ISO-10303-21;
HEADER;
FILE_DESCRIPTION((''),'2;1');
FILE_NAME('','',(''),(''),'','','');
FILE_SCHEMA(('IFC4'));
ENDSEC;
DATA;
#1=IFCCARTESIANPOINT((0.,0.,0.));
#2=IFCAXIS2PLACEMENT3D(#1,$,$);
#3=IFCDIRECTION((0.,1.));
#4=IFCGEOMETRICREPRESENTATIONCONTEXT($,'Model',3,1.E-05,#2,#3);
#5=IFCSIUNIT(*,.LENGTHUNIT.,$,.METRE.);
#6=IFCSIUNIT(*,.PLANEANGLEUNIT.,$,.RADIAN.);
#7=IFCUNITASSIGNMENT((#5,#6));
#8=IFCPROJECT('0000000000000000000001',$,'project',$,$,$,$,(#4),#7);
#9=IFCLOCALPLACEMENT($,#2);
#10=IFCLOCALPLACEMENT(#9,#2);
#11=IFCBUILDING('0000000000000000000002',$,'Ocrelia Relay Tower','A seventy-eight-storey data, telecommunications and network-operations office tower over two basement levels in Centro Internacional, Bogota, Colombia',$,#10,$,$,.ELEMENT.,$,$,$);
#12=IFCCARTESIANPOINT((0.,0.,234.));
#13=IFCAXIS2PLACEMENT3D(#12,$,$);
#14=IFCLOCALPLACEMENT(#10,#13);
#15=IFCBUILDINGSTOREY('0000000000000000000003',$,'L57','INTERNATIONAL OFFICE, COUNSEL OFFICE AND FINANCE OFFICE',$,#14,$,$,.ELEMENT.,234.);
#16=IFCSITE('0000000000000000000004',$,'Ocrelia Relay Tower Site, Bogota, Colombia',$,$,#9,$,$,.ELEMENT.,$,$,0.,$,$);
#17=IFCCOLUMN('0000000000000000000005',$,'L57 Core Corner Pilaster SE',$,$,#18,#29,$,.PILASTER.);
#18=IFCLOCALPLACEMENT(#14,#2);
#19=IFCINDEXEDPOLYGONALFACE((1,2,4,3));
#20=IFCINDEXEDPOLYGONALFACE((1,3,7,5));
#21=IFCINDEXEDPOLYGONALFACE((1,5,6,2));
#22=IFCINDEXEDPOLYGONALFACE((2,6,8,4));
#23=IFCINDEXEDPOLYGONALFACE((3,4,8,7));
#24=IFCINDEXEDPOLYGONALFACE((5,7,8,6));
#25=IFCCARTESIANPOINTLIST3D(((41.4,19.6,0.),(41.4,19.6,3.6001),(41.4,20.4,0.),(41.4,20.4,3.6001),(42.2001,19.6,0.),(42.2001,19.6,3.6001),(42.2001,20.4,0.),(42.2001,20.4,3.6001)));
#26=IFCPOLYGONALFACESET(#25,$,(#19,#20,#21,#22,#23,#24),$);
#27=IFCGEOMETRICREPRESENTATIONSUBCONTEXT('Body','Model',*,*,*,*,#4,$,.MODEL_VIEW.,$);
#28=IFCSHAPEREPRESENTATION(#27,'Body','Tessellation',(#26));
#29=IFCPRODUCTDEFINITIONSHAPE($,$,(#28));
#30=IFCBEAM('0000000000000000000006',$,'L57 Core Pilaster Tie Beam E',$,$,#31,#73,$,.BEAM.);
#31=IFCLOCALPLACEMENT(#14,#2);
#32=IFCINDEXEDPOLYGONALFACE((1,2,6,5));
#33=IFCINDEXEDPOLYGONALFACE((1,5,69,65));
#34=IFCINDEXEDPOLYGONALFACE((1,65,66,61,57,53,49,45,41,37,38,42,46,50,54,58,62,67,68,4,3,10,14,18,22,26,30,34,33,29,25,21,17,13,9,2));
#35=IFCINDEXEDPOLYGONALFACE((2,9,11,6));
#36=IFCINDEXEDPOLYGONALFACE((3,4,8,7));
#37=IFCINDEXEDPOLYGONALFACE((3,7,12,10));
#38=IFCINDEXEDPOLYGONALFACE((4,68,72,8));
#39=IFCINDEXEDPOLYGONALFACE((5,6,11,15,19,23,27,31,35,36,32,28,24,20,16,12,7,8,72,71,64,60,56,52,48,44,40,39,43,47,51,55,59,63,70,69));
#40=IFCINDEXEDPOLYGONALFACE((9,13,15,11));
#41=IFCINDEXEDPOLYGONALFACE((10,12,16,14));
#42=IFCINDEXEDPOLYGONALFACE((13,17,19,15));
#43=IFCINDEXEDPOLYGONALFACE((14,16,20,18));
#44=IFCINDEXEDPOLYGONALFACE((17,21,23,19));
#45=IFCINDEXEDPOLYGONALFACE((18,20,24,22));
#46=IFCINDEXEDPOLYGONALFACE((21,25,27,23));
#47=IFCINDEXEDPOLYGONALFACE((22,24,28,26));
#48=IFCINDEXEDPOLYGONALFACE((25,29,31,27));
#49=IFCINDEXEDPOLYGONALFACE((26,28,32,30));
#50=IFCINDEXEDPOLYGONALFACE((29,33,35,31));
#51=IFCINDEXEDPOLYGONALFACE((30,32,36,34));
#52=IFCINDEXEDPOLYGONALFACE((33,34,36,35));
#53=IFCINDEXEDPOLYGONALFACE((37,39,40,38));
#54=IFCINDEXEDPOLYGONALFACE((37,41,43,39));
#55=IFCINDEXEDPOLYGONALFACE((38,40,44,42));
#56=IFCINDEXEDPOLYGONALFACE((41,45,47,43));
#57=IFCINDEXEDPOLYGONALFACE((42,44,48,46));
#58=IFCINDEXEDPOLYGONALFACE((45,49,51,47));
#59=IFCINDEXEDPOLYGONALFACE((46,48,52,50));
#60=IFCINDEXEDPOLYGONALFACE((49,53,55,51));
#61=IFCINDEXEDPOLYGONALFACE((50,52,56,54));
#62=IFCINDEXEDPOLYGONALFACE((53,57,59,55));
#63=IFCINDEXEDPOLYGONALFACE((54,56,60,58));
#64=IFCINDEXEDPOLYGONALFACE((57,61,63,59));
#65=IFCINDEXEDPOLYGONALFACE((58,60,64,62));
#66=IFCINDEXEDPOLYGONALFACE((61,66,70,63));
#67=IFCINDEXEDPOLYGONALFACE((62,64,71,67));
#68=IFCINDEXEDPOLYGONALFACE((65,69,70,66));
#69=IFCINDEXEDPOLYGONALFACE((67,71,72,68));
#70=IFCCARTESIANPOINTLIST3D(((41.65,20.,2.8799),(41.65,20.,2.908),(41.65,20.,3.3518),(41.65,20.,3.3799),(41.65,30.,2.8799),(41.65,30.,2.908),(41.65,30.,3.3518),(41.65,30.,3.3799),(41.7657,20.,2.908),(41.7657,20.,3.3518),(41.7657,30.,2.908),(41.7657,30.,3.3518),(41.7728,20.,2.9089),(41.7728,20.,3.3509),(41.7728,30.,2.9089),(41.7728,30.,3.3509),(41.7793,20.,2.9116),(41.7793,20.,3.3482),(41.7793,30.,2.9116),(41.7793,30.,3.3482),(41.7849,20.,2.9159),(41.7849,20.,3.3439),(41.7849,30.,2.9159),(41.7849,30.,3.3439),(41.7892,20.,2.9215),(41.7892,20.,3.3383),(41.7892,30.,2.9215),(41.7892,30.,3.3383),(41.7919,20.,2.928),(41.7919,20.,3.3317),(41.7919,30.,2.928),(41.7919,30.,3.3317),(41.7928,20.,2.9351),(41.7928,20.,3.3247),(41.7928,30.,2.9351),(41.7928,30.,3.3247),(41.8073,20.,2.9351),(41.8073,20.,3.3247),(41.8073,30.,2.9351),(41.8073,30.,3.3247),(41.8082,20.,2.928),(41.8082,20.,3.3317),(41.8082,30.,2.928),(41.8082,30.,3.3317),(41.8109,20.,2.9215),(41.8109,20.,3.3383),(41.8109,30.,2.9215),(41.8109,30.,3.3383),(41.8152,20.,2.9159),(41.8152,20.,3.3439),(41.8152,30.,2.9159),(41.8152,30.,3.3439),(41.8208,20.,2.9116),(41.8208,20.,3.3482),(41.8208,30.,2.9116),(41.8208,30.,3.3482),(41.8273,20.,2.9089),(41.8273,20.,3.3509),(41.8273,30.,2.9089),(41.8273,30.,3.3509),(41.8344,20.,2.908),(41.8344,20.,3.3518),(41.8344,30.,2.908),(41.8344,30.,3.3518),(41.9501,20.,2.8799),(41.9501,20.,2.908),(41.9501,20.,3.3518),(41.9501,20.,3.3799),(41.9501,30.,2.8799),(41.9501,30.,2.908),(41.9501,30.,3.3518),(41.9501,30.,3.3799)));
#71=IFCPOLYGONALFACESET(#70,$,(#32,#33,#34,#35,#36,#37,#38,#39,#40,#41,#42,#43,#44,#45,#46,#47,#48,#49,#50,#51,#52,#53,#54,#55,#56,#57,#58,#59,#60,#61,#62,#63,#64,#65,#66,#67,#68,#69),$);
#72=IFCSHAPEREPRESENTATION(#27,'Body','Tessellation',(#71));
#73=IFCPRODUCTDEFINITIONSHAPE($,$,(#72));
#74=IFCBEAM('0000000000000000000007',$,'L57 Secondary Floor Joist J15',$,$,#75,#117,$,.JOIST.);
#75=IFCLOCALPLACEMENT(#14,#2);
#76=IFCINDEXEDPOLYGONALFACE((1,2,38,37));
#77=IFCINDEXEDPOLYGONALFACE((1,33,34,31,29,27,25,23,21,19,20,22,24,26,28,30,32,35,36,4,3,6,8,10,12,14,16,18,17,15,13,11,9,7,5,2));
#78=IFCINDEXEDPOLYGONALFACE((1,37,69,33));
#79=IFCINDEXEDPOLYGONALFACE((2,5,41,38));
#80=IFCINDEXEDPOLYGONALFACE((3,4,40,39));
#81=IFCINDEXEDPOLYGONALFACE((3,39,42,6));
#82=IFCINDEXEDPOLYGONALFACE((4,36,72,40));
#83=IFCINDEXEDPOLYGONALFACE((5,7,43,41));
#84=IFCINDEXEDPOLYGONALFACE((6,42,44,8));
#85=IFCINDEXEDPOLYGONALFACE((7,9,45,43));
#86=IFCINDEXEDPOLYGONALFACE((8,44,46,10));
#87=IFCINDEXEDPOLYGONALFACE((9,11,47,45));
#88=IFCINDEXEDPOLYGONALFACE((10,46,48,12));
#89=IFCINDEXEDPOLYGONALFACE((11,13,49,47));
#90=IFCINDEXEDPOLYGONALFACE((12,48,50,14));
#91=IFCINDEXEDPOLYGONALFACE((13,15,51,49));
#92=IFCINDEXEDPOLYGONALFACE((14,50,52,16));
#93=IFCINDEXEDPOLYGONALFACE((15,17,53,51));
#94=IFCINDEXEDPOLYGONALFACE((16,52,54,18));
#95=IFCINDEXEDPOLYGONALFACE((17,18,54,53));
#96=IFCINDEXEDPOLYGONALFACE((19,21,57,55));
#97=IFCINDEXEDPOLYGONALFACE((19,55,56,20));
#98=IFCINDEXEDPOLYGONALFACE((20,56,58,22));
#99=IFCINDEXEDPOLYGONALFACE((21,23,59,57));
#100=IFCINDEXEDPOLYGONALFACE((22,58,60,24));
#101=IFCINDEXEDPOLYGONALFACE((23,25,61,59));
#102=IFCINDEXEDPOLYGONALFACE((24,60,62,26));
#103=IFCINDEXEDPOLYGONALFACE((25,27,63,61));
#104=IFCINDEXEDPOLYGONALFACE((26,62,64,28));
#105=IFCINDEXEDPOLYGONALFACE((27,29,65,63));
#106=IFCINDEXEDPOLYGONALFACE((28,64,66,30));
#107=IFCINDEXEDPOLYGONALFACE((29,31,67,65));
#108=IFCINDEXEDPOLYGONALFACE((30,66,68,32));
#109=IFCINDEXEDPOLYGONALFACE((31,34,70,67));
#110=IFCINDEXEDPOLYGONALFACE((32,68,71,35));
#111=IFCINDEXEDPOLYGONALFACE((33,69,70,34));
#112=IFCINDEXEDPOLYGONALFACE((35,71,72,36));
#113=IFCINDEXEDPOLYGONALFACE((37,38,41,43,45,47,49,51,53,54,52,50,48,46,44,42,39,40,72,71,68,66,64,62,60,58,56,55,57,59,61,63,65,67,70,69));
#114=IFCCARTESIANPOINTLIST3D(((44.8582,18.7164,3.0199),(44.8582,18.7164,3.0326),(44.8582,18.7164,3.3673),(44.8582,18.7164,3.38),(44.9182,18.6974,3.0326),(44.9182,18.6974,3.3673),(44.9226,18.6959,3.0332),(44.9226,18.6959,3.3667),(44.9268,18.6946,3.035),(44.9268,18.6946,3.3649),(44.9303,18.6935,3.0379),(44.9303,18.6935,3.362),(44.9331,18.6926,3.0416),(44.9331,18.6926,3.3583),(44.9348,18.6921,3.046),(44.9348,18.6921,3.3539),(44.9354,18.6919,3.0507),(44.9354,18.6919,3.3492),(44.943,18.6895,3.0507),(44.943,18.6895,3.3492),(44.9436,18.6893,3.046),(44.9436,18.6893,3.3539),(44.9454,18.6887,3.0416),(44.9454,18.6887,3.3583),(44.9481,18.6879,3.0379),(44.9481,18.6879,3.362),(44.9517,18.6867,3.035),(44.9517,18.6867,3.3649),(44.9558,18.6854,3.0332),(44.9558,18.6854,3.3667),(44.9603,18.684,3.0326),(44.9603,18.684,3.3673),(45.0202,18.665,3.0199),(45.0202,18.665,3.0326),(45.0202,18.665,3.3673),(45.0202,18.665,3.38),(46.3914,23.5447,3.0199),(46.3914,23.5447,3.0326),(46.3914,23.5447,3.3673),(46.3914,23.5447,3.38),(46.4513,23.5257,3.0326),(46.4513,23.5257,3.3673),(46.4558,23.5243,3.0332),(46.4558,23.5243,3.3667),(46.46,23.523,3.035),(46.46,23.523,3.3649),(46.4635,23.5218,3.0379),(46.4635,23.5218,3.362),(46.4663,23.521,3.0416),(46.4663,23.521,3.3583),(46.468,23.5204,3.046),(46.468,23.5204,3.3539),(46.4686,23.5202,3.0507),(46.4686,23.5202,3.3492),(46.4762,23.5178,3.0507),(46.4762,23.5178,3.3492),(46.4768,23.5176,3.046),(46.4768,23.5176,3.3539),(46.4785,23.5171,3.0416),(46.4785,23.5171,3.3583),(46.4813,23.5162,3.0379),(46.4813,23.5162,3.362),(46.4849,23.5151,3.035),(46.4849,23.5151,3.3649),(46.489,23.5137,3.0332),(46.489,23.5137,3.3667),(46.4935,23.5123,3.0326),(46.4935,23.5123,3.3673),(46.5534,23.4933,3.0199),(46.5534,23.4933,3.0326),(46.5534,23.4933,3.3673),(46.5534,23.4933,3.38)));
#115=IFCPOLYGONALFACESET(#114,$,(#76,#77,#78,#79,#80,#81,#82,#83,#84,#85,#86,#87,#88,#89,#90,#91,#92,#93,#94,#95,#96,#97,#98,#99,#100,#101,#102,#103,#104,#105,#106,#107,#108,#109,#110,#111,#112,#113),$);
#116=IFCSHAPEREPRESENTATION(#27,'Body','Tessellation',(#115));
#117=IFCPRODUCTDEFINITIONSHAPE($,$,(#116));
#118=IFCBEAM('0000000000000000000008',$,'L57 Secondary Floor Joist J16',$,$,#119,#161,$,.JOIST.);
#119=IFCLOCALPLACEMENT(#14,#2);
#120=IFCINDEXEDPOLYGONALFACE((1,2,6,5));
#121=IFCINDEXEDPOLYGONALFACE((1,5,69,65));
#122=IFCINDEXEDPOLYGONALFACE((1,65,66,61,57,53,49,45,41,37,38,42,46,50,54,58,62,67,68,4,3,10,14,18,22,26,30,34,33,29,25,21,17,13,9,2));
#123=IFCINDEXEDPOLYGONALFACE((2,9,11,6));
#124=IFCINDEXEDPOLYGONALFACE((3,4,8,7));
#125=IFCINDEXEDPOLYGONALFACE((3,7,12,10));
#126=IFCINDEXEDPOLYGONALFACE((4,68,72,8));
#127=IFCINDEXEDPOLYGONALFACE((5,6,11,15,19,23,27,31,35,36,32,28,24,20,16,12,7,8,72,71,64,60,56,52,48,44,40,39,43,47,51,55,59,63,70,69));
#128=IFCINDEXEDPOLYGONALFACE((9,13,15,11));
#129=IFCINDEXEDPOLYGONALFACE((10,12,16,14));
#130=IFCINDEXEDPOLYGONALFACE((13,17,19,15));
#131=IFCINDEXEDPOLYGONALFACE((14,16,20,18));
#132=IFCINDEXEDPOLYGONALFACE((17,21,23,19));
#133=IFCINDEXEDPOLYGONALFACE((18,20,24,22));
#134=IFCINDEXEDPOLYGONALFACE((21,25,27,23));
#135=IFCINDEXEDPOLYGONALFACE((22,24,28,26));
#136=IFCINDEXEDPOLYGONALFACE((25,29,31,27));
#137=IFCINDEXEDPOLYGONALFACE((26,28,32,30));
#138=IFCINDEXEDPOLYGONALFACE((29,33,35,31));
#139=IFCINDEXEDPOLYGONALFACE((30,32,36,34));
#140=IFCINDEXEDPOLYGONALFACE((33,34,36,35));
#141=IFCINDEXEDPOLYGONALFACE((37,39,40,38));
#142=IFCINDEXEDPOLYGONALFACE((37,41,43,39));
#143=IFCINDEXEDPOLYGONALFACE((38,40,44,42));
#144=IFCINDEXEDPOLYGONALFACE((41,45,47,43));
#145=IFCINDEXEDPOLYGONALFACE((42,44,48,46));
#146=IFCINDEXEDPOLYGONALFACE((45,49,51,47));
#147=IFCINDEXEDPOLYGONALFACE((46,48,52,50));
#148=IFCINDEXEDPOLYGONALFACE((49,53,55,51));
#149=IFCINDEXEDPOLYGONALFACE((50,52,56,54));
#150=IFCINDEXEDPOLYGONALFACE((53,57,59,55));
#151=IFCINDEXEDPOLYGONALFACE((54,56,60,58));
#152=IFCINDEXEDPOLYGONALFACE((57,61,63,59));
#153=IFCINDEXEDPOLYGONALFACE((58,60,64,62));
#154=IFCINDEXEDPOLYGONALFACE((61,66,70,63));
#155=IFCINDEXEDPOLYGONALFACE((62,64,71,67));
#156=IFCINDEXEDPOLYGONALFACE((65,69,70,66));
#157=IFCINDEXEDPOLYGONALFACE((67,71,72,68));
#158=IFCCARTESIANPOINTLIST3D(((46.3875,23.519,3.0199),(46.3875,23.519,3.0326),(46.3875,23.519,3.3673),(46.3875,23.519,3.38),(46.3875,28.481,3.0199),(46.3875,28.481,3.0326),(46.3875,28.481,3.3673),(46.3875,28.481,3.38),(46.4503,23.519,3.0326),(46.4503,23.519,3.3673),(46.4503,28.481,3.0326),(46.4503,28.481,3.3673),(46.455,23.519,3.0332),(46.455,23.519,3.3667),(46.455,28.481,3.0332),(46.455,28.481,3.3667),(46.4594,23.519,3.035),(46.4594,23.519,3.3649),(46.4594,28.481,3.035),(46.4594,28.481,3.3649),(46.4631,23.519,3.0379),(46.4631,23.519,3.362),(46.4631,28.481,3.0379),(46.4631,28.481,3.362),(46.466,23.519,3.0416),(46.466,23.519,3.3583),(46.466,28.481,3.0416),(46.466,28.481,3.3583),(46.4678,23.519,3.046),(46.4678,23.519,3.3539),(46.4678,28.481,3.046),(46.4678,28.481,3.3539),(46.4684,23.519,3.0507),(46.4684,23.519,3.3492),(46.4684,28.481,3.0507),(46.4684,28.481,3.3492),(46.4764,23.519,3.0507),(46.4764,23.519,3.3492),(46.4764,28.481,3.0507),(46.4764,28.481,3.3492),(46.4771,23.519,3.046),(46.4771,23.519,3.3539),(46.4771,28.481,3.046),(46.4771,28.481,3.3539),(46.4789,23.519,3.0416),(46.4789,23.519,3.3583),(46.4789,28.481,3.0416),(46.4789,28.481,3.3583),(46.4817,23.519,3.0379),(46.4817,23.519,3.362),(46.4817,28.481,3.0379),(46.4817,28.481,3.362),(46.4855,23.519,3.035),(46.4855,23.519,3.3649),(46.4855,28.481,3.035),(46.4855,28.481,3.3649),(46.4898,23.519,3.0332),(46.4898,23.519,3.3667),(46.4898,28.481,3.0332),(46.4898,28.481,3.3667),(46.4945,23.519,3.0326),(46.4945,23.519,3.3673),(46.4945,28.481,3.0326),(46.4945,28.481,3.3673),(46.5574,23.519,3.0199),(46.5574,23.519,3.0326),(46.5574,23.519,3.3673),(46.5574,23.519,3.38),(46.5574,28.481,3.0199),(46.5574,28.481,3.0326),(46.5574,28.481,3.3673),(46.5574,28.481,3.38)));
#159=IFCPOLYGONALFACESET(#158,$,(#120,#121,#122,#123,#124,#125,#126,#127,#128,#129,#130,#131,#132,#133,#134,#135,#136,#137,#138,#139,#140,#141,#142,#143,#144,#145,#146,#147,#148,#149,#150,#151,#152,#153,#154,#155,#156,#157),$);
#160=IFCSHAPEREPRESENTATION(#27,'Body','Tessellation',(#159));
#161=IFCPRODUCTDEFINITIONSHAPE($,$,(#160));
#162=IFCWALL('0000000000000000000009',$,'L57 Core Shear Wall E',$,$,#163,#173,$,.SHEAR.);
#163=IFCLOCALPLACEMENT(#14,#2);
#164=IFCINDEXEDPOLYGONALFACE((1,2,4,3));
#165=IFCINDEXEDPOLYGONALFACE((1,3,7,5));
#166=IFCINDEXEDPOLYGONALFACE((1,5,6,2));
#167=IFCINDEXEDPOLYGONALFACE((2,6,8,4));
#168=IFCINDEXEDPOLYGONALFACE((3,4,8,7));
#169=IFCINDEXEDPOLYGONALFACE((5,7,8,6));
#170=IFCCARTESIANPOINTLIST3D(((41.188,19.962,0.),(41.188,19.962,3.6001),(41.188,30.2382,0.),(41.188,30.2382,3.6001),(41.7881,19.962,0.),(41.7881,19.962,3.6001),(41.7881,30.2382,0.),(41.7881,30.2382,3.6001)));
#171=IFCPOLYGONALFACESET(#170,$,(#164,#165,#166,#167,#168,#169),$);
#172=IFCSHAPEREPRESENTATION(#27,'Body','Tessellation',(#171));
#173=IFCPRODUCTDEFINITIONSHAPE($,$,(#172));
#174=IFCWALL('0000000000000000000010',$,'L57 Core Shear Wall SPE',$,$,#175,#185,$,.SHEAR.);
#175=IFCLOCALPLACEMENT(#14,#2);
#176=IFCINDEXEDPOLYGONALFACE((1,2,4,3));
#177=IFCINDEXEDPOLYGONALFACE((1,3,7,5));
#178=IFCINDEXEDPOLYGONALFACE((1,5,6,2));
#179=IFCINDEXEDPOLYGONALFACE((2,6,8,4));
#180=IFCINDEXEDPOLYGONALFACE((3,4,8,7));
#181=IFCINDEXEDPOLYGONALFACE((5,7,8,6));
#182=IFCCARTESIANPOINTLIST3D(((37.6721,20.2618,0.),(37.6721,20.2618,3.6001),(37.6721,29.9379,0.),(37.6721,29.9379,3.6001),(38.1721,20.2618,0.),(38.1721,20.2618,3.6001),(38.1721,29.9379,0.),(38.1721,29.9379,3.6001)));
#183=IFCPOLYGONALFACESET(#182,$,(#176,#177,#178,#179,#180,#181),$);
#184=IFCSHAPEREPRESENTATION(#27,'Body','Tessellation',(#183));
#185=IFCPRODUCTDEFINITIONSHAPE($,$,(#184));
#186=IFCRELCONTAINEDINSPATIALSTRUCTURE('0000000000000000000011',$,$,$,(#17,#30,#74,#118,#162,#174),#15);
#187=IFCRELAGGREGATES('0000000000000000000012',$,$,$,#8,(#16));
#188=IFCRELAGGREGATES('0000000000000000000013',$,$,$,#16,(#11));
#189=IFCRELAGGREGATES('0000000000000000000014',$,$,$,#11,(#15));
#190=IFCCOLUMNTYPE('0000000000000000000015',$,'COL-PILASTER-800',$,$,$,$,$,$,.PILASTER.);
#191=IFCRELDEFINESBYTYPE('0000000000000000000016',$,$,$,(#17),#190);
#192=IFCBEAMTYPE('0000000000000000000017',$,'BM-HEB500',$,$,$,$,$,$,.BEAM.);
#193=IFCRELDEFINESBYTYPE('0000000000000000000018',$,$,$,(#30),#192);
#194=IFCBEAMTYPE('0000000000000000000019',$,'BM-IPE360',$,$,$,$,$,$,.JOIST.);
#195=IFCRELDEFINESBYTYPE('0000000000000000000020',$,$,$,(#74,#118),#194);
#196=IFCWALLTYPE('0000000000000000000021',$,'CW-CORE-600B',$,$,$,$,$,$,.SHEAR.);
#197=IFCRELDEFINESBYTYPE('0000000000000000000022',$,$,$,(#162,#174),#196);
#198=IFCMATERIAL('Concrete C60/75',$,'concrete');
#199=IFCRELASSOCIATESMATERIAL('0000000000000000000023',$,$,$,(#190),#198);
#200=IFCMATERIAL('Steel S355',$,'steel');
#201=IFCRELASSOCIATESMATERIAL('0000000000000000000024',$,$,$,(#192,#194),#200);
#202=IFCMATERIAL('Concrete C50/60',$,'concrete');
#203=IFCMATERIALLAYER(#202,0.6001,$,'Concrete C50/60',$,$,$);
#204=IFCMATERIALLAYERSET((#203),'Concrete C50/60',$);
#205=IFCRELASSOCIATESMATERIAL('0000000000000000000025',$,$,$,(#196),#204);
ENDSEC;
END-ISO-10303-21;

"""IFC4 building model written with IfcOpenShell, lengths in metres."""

from ifc_helpers import new_model, si_unit, direction, frame, frame_2d, origin, origin_2d, place, context, subcontext, project, spatial, rectangle, i_section, extrude, material, layer, layer_set, material_profile, profile_set, type_object, element, save


model = new_model("IFC4")

# Units and contexts
model_context = context("Model", 3, precision=1e-05, world=origin(), true_north=direction((0.0, 1.0)))
body_context = subcontext(model_context, "Body", "Model", "MODEL_VIEW")
ifc_project = project(units=[si_unit("LENGTHUNIT", "METRE"), si_unit("PLANEANGLEUNIT", "RADIAN")], contexts=[model_context])

# Site, building, storey
site_placement = place(None, origin())
site = spatial("IfcSite", under=ifc_project, at=site_placement, Name="Ocrelia Relay Tower Site, Bogota, Colombia", CompositionType="ELEMENT", RefElevation=0.0)
building_placement = place(site_placement, origin())
building = spatial("IfcBuilding", under=site, at=building_placement, Name="Ocrelia Relay Tower", Description="A seventy-eight-storey data, telecommunications and network-operations office tower over two basement levels in Centro Internacional, Bogota, Colombia", CompositionType="ELEMENT")
storey_placement = place(building_placement, frame((0.0, 0.0, 234.0)))
storey = spatial("IfcBuildingStorey", under=building, at=storey_placement, Name="L57", Description="INTERNATIONAL OFFICE, COUNSEL OFFICE AND FINANCE OFFICE", CompositionType="ELEMENT", Elevation=234.0)

# Column
ifc_material_1 = material(Name="Concrete C60/75", Category="concrete")
ifc_material_profile_1 = material_profile(ifc_material_1, rectangle(XDim=0.8, YDim=0.8, at=origin_2d()), Name="RC-COL-800x800")
ifc_profile_set_1 = profile_set([ifc_material_profile_1], Name="Concrete C60/75")
column_type = type_object("IfcColumnType", Name="COL-PILASTER-800", PredefinedType="PILASTER", material=ifc_profile_set_1)
column_placement = place(storey_placement, frame((41.8, 20.0, 0.0), z_axis=(0.0, 0.0, 1.0), x_axis=(1.0, 0.0, 0.0)))
element("IfcColumn", 1, at=column_placement, inside=storey, type_object=column_type, Name="L57 Core Corner Pilaster SE", PredefinedType="PILASTER", context=body_context, shape_type="SweptSolid", body=[
    extrude(rectangle(XDim=0.8, YDim=0.8, at=origin_2d()), origin(), (0.0, 0.0, 1.0), 3.6001),
])

# Beams
ifc_material_2 = material(Name="Steel S355", Category="steel")
ifc_material_profile_2 = material_profile(ifc_material_2, i_section(OverallWidth=0.3, OverallDepth=0.5, WebThickness=0.0144, FlangeThickness=0.0281, FilletRadius=0.0271, at=origin_2d()), Name="HEB 500")
ifc_profile_set_2 = profile_set([ifc_material_profile_2], Name="Steel S355")
beam_type_1 = type_object("IfcBeamType", Name="BM-HEB500", PredefinedType="BEAM", material=ifc_profile_set_2)
beam_1_placement = place(storey_placement, frame((41.8, 20.0, 3.1299), z_axis=(0.0, 1.0, 0.0), x_axis=(-1.0, 0.0, 0.0)))
element("IfcBeam", 2, at=beam_1_placement, inside=storey, type_object=beam_type_1, Name="L57 Core Pilaster Tie Beam E", PredefinedType="BEAM", context=body_context, shape_type="SweptSolid", body=[
    extrude(i_section(OverallWidth=0.3, OverallDepth=0.5, WebThickness=0.0144, FlangeThickness=0.0281, FilletRadius=0.0271, at=origin_2d()), origin(), (0.0, 0.0, 1.0), 10.0),
])
ifc_material_profile_3 = material_profile(ifc_material_2, i_section(OverallWidth=0.1699, OverallDepth=0.3601, WebThickness=0.0081, FlangeThickness=0.0127, FilletRadius=0.0181, at=origin_2d()), Name="IPE 360")
ifc_profile_set_3 = profile_set([ifc_material_profile_3], Name="Steel S355")
beam_type_2 = type_object("IfcBeamType", Name="BM-IPE360", PredefinedType="JOIST", material=ifc_profile_set_3)
beam_2_placement = place(storey_placement, frame((44.9392, 18.6907, 3.2), z_axis=(0.302649, 0.953102, 0.0), x_axis=(-0.953102, 0.302649, 0.0)))
element("IfcBeam", 3, at=beam_2_placement, inside=storey, type_object=beam_type_2, Name="L57 Secondary Floor Joist J15", PredefinedType="JOIST", context=body_context, shape_type="SweptSolid", body=[
    extrude(i_section(OverallWidth=0.1699, OverallDepth=0.3601, WebThickness=0.0081, FlangeThickness=0.0127, FilletRadius=0.0181, at=origin_2d()), origin(), (0.0, 0.0, 1.0), 5.0659),
])
beam_3_placement = place(storey_placement, frame((46.4724, 23.519, 3.2), z_axis=(0.0, 1.0, 0.0), x_axis=(-1.0, 0.0, 0.0)))
element("IfcBeam", 4, at=beam_3_placement, inside=storey, type_object=beam_type_2, Name="L57 Secondary Floor Joist J16", PredefinedType="JOIST", context=body_context, shape_type="SweptSolid", body=[
    extrude(i_section(OverallWidth=0.1699, OverallDepth=0.3601, WebThickness=0.0081, FlangeThickness=0.0127, FilletRadius=0.0181, at=origin_2d()), origin(), (0.0, 0.0, 1.0), 4.9619),
])

# Walls
ifc_material_3 = material(Name="Concrete C50/60", Category="concrete")
ifc_layer_1 = layer(ifc_material_3, 0.6001, Name="Concrete C50/60")
ifc_layer_set_1 = layer_set([ifc_layer_1], Name="Concrete C50/60")
wall_type_1 = type_object("IfcWallType", Name="CW-CORE-600B", PredefinedType="SHEAR", material=ifc_layer_set_1)
wall_1_placement = place(storey_placement, frame((41.488, 19.9619, 0.0), z_axis=(0.0, 0.0, 1.0), x_axis=(0.0, 1.0, 0.0)))
element("IfcWall", 5, at=wall_1_placement, inside=storey, type_object=wall_type_1, Name="L57 Core Shear Wall E", PredefinedType="SHEAR", context=body_context, shape_type="SweptSolid", body=[
    extrude(rectangle(XDim=10.2761, YDim=0.6001, at=frame_2d((5.1382, 0.0))), origin(), (0.0, 0.0, 1.0), 3.6001),
])
wall_2_placement = place(storey_placement, frame((37.9221, 20.262, 0.0), z_axis=(0.0, 0.0, 1.0), x_axis=(0.0, 1.0, 0.0)))
element("IfcWall", 6, at=wall_2_placement, inside=storey, type_object=wall_type_1, Name="L57 Core Shear Wall SPE", PredefinedType="SHEAR", context=body_context, shape_type="SweptSolid", body=[
    extrude(rectangle(XDim=9.676, YDim=0.5, at=frame_2d((4.8379, 0.0))), origin(), (0.0, 0.0, 1.0), 3.6001),
])

save(model, "model.ifc")
